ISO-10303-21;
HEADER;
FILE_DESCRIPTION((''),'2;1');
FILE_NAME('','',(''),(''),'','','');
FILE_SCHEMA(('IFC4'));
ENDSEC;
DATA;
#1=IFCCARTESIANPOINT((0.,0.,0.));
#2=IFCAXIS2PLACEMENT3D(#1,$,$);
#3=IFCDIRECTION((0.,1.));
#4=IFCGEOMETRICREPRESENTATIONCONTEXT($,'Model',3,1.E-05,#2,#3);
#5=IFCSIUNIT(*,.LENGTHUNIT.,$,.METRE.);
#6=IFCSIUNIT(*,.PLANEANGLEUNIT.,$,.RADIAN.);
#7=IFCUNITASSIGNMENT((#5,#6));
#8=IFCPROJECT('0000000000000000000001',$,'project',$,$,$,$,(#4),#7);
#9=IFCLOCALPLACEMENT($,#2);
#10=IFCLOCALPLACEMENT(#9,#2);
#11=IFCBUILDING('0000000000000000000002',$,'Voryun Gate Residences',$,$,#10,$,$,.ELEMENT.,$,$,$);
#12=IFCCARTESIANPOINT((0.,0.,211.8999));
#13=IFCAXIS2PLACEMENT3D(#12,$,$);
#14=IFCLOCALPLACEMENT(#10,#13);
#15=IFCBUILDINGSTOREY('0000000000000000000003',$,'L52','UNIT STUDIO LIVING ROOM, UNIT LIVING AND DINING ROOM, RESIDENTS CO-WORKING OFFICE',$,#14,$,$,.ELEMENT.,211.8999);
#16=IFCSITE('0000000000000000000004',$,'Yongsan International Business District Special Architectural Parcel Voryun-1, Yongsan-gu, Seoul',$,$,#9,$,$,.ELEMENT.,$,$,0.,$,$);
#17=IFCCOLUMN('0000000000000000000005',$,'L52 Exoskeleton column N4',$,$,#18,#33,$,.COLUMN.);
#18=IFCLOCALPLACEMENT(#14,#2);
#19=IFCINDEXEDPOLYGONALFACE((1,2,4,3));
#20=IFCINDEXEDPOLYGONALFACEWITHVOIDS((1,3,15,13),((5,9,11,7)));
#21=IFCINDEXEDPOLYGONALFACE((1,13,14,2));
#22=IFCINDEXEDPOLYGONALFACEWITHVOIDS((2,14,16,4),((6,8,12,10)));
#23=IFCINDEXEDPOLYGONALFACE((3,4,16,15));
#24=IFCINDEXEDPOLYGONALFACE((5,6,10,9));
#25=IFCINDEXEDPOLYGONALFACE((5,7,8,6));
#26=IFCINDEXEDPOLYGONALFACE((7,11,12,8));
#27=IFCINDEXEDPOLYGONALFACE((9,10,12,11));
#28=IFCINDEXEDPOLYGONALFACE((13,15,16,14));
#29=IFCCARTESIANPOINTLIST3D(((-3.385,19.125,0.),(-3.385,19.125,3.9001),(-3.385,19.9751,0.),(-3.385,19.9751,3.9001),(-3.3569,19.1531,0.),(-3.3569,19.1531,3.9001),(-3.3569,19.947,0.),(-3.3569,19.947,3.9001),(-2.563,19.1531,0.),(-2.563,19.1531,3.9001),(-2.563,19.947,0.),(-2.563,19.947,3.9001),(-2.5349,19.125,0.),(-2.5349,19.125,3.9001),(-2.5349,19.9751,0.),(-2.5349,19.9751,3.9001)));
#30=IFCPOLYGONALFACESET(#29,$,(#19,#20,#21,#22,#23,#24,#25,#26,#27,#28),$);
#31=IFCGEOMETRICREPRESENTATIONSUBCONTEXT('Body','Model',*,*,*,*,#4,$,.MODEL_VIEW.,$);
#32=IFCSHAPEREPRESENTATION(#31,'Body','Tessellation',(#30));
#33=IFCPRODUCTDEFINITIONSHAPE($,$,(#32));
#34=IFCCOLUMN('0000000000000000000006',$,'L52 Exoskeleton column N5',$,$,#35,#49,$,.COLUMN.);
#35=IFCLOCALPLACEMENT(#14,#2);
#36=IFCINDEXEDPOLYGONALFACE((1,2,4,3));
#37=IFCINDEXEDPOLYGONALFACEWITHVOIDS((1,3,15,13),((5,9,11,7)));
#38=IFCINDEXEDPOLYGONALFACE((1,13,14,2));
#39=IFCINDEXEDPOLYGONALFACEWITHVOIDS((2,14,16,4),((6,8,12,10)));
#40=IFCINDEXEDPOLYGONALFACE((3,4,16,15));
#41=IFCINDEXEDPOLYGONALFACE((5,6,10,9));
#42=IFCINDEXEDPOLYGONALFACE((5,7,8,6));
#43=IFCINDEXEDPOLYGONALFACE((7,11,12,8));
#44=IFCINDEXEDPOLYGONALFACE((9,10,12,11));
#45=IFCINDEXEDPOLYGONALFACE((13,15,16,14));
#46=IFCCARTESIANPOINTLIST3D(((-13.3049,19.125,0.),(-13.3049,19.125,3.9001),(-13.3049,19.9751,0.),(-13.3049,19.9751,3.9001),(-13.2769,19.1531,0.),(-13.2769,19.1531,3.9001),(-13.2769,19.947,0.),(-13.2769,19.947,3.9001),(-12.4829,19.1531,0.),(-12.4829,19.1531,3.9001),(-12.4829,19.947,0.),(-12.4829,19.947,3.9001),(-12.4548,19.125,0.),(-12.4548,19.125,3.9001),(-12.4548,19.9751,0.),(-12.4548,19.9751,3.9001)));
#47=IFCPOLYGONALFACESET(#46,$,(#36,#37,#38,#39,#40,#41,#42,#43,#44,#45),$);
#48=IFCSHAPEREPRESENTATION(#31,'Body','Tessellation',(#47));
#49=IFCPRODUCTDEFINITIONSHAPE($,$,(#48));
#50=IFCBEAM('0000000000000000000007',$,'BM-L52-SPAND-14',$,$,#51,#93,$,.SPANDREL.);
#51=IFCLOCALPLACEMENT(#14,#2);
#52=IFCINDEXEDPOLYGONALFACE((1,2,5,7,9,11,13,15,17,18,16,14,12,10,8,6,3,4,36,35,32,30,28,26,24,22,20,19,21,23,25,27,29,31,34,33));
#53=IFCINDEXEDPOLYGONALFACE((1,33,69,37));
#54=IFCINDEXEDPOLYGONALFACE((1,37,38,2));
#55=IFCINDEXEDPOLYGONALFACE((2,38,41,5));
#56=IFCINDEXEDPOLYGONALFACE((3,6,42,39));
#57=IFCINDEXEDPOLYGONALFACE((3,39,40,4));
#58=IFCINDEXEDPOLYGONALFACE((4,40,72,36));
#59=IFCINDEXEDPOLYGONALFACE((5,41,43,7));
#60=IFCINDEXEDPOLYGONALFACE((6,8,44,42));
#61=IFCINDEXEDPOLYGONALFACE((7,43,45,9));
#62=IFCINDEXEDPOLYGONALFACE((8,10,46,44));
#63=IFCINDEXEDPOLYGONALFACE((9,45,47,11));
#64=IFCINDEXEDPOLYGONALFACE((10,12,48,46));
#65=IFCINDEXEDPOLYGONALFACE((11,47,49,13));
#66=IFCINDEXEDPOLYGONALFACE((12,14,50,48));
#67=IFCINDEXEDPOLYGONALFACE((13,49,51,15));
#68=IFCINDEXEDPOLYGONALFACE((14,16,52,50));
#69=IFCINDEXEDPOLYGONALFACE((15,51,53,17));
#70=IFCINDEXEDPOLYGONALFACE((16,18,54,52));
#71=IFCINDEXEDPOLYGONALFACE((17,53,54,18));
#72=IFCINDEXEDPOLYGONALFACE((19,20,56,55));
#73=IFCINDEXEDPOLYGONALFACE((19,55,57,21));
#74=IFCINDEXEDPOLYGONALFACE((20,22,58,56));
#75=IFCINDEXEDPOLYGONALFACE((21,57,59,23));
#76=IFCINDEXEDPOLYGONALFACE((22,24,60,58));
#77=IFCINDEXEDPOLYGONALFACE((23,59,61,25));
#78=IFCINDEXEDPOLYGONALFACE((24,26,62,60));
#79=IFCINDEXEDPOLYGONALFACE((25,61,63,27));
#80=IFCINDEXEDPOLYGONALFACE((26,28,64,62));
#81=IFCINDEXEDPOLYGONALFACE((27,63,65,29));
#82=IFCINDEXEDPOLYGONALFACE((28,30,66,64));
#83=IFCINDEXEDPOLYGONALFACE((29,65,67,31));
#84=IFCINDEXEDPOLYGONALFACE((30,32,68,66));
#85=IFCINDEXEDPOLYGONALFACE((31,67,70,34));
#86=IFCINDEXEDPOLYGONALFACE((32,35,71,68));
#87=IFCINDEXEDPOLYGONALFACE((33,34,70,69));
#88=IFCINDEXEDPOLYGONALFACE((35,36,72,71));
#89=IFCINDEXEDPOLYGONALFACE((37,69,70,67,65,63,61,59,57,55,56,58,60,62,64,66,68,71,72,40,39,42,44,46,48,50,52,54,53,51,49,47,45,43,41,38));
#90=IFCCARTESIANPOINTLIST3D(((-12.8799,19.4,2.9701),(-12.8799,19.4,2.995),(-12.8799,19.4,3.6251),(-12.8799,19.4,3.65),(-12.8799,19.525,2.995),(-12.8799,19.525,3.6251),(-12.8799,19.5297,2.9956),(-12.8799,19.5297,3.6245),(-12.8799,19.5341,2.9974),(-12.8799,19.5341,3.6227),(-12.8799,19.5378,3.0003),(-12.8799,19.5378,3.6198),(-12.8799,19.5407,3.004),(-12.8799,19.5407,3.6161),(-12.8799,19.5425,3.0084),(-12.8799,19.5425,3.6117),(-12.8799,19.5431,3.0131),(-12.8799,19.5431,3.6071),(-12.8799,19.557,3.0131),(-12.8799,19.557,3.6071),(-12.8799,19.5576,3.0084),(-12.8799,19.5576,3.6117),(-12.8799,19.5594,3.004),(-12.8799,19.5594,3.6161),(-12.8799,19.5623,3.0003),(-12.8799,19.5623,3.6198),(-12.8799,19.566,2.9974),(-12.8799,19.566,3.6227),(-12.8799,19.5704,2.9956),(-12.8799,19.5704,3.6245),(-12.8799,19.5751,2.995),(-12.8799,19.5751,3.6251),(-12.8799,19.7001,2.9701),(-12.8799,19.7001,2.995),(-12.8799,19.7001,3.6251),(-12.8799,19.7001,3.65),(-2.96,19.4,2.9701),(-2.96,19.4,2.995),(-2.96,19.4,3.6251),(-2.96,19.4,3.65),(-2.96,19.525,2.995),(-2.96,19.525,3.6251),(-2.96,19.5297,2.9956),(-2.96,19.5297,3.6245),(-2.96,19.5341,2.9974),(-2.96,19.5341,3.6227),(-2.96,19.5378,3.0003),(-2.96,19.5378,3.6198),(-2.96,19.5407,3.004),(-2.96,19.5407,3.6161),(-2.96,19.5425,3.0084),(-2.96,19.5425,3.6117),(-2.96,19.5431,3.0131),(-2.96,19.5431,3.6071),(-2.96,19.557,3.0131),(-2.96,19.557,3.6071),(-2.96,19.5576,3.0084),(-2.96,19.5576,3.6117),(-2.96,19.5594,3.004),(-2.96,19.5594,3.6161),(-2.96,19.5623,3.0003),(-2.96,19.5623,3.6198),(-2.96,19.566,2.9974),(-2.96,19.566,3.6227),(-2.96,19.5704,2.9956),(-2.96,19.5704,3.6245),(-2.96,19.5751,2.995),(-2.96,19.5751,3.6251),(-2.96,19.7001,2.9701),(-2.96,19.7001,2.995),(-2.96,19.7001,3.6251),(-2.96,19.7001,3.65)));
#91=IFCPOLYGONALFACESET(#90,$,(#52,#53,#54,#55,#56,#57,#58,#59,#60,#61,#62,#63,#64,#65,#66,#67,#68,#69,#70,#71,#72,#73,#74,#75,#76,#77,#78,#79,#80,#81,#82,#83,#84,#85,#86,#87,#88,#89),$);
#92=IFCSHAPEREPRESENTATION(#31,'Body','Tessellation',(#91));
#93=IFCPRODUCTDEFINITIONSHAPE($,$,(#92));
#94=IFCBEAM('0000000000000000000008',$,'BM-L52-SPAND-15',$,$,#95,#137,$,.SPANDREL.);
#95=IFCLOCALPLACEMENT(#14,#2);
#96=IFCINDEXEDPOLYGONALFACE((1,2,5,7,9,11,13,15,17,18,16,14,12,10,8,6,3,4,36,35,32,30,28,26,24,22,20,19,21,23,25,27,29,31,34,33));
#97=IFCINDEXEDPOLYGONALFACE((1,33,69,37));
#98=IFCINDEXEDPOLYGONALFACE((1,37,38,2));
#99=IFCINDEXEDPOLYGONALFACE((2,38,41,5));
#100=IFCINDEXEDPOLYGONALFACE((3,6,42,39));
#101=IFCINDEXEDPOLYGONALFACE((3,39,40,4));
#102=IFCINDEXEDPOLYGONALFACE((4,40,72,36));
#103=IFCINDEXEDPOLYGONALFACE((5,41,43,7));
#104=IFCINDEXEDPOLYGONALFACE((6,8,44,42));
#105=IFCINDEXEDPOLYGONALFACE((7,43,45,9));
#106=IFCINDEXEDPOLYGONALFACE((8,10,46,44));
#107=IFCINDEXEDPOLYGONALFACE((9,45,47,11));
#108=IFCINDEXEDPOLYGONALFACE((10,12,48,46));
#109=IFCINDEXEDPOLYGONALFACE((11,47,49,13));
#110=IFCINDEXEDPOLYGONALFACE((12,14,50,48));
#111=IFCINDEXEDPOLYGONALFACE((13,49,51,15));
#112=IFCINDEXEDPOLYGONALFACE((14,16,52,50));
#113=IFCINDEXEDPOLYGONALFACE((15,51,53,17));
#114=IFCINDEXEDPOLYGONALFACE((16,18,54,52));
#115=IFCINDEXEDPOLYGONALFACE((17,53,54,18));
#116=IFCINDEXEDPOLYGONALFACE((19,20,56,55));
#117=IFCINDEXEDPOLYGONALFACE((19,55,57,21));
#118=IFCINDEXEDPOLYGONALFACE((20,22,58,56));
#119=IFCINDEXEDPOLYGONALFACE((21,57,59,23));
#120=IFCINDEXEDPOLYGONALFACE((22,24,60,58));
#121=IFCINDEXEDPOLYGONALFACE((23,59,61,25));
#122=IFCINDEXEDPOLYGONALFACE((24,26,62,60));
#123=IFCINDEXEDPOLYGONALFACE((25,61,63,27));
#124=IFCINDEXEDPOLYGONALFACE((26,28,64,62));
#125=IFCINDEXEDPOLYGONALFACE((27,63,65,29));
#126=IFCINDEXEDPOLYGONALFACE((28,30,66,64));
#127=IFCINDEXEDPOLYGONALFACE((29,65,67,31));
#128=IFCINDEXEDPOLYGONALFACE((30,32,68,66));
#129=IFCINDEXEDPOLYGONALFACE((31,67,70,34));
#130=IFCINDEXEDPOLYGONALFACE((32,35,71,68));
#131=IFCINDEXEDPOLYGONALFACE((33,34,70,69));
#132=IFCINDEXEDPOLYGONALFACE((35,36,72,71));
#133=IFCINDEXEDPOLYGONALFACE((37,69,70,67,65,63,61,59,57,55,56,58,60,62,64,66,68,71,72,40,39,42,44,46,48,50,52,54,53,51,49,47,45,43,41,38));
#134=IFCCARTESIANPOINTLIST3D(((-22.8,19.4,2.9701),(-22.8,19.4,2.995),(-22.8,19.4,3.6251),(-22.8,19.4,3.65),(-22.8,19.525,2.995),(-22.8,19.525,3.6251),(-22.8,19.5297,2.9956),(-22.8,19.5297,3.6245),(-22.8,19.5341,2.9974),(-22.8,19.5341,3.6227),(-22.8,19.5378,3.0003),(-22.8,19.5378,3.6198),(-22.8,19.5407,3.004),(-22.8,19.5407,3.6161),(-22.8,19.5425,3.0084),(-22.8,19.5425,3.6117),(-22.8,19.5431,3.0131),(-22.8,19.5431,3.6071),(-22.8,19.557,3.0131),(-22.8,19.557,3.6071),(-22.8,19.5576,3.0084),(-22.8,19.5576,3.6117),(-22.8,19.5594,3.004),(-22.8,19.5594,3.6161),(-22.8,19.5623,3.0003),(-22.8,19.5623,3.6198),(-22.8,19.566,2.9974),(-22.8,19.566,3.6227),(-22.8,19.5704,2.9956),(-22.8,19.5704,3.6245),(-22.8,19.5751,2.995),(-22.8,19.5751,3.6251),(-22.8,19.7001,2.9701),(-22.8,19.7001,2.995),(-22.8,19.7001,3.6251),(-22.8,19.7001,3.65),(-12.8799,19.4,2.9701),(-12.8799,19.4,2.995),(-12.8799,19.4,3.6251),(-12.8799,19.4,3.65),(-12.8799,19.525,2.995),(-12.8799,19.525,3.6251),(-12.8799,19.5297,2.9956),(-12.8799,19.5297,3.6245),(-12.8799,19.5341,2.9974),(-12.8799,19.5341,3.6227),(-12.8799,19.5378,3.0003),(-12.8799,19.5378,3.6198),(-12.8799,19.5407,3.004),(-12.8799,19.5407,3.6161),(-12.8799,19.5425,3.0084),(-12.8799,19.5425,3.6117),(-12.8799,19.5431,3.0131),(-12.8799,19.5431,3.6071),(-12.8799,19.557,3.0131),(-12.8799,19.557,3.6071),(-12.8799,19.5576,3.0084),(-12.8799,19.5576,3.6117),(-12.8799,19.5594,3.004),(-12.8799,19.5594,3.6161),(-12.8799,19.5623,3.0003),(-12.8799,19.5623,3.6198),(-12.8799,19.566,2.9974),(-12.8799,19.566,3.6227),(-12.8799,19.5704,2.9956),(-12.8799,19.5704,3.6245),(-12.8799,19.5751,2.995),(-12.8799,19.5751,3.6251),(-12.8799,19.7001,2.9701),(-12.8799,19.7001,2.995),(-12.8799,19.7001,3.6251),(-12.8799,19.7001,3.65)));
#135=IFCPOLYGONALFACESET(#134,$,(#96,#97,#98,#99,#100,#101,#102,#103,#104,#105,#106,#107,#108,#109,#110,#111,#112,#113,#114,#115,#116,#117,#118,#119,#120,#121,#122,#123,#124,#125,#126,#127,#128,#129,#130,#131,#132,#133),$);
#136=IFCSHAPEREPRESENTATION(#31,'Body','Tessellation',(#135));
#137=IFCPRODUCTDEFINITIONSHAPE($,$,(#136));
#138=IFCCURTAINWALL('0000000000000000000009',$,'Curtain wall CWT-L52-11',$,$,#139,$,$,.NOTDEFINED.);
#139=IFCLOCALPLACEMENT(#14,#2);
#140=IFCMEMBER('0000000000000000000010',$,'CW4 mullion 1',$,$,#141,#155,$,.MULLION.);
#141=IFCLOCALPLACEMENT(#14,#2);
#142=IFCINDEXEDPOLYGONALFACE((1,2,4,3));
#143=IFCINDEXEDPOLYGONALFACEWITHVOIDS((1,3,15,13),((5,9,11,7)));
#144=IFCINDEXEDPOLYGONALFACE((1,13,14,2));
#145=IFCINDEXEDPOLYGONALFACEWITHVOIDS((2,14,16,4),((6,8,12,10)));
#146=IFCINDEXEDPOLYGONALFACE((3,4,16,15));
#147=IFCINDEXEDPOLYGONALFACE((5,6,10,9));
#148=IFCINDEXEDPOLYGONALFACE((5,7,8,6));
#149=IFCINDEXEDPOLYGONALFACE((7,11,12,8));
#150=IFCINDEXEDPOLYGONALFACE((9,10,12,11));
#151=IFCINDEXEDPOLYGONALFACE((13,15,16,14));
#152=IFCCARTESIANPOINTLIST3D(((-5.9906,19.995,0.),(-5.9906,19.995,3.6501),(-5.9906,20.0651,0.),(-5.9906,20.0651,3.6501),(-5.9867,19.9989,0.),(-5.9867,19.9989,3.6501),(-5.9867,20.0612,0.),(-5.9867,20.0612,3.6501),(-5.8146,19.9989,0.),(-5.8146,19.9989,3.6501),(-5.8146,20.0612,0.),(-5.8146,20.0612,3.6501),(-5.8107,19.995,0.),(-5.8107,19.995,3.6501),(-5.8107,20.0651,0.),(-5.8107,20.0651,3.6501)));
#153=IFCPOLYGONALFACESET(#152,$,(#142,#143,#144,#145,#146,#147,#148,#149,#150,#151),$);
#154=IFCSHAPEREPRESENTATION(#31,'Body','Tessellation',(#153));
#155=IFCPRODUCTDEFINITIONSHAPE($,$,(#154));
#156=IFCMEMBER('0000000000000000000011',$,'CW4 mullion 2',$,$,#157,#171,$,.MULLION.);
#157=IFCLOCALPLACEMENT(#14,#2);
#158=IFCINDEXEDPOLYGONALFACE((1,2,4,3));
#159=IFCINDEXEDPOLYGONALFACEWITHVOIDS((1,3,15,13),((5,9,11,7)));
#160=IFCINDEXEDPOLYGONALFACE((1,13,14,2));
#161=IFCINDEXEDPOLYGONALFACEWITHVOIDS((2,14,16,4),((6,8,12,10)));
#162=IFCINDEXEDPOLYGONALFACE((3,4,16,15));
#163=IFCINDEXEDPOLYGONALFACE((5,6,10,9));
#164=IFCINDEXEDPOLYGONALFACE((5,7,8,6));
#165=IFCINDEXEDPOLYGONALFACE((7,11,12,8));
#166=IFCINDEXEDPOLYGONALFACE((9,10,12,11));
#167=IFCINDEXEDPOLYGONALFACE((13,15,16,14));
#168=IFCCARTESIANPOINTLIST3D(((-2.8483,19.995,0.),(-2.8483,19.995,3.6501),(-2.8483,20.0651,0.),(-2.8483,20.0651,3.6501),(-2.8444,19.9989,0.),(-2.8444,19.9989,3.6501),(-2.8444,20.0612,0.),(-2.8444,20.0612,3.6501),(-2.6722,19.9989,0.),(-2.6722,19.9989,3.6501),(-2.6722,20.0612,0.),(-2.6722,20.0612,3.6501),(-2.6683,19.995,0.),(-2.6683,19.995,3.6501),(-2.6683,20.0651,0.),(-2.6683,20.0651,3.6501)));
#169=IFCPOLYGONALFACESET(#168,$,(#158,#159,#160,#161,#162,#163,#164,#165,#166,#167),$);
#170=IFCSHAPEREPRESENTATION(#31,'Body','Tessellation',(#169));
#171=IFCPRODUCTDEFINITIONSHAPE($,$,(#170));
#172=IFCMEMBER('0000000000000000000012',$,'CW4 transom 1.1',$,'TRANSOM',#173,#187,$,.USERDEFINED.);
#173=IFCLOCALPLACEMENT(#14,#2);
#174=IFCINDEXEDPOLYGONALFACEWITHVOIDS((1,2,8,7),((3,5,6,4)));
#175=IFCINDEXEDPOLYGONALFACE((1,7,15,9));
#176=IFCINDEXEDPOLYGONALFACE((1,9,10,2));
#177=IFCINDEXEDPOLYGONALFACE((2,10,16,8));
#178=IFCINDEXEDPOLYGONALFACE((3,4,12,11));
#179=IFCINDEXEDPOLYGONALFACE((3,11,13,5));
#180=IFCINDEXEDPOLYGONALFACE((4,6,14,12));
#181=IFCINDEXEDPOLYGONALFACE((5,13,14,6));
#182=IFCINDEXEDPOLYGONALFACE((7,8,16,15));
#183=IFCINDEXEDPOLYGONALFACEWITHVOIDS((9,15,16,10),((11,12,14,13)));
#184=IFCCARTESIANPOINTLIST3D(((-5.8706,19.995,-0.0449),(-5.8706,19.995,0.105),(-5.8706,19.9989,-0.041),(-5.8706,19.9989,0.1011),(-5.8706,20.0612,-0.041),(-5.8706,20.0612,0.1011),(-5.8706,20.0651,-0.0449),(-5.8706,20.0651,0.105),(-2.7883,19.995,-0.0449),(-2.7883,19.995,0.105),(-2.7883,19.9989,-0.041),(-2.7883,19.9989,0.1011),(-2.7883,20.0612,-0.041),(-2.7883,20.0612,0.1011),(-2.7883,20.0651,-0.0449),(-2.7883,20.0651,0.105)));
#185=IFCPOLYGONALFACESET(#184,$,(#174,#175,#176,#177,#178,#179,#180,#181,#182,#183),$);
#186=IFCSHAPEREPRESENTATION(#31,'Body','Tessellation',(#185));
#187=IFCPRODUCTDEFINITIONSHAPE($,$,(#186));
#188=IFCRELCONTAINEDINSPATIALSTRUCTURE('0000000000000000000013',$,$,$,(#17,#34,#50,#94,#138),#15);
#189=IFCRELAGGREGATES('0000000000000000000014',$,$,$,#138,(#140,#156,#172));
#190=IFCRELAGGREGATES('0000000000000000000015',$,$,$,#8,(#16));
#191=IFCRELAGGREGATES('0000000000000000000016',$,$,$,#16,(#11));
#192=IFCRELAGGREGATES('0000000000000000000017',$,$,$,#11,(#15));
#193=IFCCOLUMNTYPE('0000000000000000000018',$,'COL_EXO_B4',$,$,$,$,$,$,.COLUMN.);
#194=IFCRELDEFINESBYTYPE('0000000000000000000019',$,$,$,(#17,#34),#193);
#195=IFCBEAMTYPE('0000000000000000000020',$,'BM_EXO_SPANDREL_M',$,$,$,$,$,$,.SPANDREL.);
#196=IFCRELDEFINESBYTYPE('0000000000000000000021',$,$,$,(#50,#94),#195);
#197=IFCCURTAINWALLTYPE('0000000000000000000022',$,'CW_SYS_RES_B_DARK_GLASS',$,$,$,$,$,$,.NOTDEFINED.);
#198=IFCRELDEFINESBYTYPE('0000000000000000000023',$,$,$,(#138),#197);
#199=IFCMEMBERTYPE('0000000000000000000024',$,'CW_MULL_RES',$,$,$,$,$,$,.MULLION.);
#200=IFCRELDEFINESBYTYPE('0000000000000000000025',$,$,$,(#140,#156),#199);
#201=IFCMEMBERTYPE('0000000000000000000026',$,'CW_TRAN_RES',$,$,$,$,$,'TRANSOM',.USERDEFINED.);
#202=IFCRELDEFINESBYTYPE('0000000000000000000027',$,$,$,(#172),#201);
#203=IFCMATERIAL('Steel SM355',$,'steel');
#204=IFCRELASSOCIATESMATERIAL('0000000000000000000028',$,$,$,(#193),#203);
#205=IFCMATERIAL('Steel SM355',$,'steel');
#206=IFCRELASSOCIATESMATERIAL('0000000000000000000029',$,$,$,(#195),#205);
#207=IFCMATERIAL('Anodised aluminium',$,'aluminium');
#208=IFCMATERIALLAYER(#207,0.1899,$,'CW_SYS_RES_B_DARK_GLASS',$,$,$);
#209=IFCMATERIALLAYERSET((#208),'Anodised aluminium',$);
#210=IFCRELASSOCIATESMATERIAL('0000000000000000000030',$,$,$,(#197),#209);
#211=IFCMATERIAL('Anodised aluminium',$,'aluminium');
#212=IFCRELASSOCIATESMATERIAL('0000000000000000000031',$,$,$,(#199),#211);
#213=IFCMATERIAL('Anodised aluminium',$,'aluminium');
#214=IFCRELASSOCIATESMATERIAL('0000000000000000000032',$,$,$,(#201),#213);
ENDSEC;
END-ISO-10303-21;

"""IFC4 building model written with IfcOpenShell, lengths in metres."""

from ifc_helpers import new_model, si_unit, direction, frame, origin, origin_2d, place, context, subcontext, project, spatial, hollow_rectangle, i_section, extrude, material, layer, layer_set, material_profile, profile_set, type_object, element, aggregate, save


model = new_model("IFC4")

# Units and contexts
model_context = context("Model", 3, precision=1e-05, world=origin(), true_north=direction((0.0, 1.0)))
body_context = subcontext(model_context, "Body", "Model", "MODEL_VIEW")
ifc_project = project(units=[si_unit("LENGTHUNIT", "METRE"), si_unit("PLANEANGLEUNIT", "RADIAN")], contexts=[model_context])

# Site, building, storey
site_placement = place(None, origin())
site = spatial("IfcSite", under=ifc_project, at=site_placement, Name="Yongsan International Business District Special Architectural Parcel Voryun-1, Yongsan-gu, Seoul", CompositionType="ELEMENT", RefElevation=0.0)
building_placement = place(site_placement, origin())
building = spatial("IfcBuilding", under=site, at=building_placement, Name="Voryun Gate Residences", CompositionType="ELEMENT")
storey_placement = place(building_placement, frame((0.0, 0.0, 211.8999)))
storey = spatial("IfcBuildingStorey", under=building, at=storey_placement, Name="L52", Description="UNIT STUDIO LIVING ROOM, UNIT LIVING AND DINING ROOM, RESIDENTS CO-WORKING OFFICE", CompositionType="ELEMENT", Elevation=211.8999)

# Columns
ifc_material_1 = material(Name="Steel SM355", Category="steel")
ifc_material_profile_1 = material_profile(ifc_material_1, hollow_rectangle(XDim=0.8501, YDim=0.8501, WallThickness=0.0281, at=origin_2d()), Name="BOX-850x850x28")
ifc_profile_set_1 = profile_set([ifc_material_profile_1], Name="Steel SM355")
column_type = type_object("IfcColumnType", Name="COL_EXO_B4", PredefinedType="COLUMN", material=ifc_profile_set_1)
for number, where, z_axis, x_axis, name in (
    (1, (-2.96, 19.55, 0.0), (0.0, 0.0, 1.0), (1.0, 0.0, 0.0), "L52 Exoskeleton column N4"),
    (2, (-12.8799, 19.55, 0.0), (0.0, 0.0, 1.0), (1.0, 0.0, 0.0), "L52 Exoskeleton column N5"),
):
    element("IfcColumn", number, at=place(storey_placement, frame(where, z_axis=z_axis, x_axis=x_axis)), inside=storey, type_object=column_type, Name=name, PredefinedType="COLUMN", context=body_context, shape_type="SweptSolid", body=[
        extrude(hollow_rectangle(XDim=0.8501, YDim=0.8501, WallThickness=0.0281, at=origin_2d()), origin(), (0.0, 0.0, 1.0), 3.9001),
    ])

# Beams
ifc_material_2 = material(Name="Steel SM355", Category="steel")
ifc_material_profile_2 = material_profile(ifc_material_2, i_section(OverallWidth=0.3, OverallDepth=0.6799, WebThickness=0.0139, FlangeThickness=0.0249, FilletRadius=0.0181, at=origin_2d()), Name="H-680x300x14x25")
ifc_profile_set_2 = profile_set([ifc_material_profile_2], Name="Steel SM355")
beam_type = type_object("IfcBeamType", Name="BM_EXO_SPANDREL_M", PredefinedType="SPANDREL", material=ifc_profile_set_2)
beam_1_placement = place(storey_placement, frame((-2.96, 19.55, 3.3101), z_axis=(-1.0, 0.0, 0.0), x_axis=(0.0, -1.0, 0.0)))
element("IfcBeam", 3, at=beam_1_placement, inside=storey, type_object=beam_type, Name="BM-L52-SPAND-14", PredefinedType="SPANDREL", context=body_context, shape_type="SweptSolid", body=[
    extrude(i_section(OverallWidth=0.3, OverallDepth=0.6799, WebThickness=0.0139, FlangeThickness=0.0249, FilletRadius=0.0181, at=origin_2d()), origin(), (0.0, 0.0, 1.0), 9.9199),
])
beam_2_placement = place(storey_placement, frame((-12.8799, 19.55, 3.3101), z_axis=(-1.0, 0.0, 0.0), x_axis=(0.0, -1.0, 0.0)))
element("IfcBeam", 4, at=beam_2_placement, inside=storey, type_object=beam_type, Name="BM-L52-SPAND-15", PredefinedType="SPANDREL", context=body_context, shape_type="SweptSolid", body=[
    extrude(i_section(OverallWidth=0.3, OverallDepth=0.6799, WebThickness=0.0139, FlangeThickness=0.0249, FilletRadius=0.0181, at=origin_2d()), origin(), (0.0, 0.0, 1.0), 9.9202),
])

# Curtain wall, members
ifc_material_3 = material(Name="Anodised aluminium", Category="aluminium")
ifc_layer_1 = layer(ifc_material_3, 0.1899, Name="CW_SYS_RES_B_DARK_GLASS")
ifc_layer_set_1 = layer_set([ifc_layer_1], Name="Anodised aluminium")
curtain_wall_type = type_object("IfcCurtainWallType", Name="CW_SYS_RES_B_DARK_GLASS", PredefinedType="NOTDEFINED", material=ifc_layer_set_1)
curtain_wall_placement = place(storey_placement, origin())
curtain_wall = element("IfcCurtainWall", 5, at=curtain_wall_placement, inside=storey, type_object=curtain_wall_type, Name="Curtain wall CWT-L52-11", PredefinedType="NOTDEFINED")
ifc_material_4 = material(Name="Anodised aluminium", Category="aluminium")
ifc_material_profile_3 = material_profile(ifc_material_4, hollow_rectangle(XDim=0.0701, YDim=0.1799, WallThickness=0.0039, at=origin_2d()), Name="ALU-MULL-180x70x4")
ifc_profile_set_3 = profile_set([ifc_material_profile_3], Name="Anodised aluminium")
member_type_1 = type_object("IfcMemberType", Name="CW_MULL_RES", PredefinedType="MULLION", material=ifc_profile_set_3)
member_1_placement = place(storey_placement, frame((-5.9006, 20.03, 0.0), z_axis=(0.0, 0.0, 1.0), x_axis=(0.0, 1.0, 0.0)))
member_1 = element("IfcMember", 6, at=member_1_placement, type_object=member_type_1, Name="CW4 mullion 1", PredefinedType="MULLION", context=body_context, shape_type="SweptSolid", body=[
    extrude(hollow_rectangle(XDim=0.0701, YDim=0.1799, WallThickness=0.0039, at=origin_2d()), origin(), (0.0, 0.0, 1.0), 3.6501),
])
member_2_placement = place(storey_placement, frame((-2.7583, 20.03, 0.0), z_axis=(0.0, 0.0, 1.0), x_axis=(0.0, 1.0, 0.0)))
member_2 = element("IfcMember", 7, at=member_2_placement, type_object=member_type_1, Name="CW4 mullion 2", PredefinedType="MULLION", context=body_context, shape_type="SweptSolid", body=[
    extrude(hollow_rectangle(XDim=0.0701, YDim=0.1799, WallThickness=0.0039, at=origin_2d()), origin(), (0.0, 0.0, 1.0), 3.6501),
])
ifc_material_5 = material(Name="Anodised aluminium", Category="aluminium")
ifc_material_profile_4 = material_profile(ifc_material_5, hollow_rectangle(XDim=0.0701, YDim=0.1499, WallThickness=0.0039, at=origin_2d()), Name="ALU-TRAN-150x70x4")
ifc_profile_set_4 = profile_set([ifc_material_profile_4], Name="Anodised aluminium")
member_type_2 = type_object("IfcMemberType", Name="CW_TRAN_RES", ElementType="TRANSOM", PredefinedType="USERDEFINED", material=ifc_profile_set_4)
member_3_placement = place(storey_placement, frame((-5.8706, 20.03, 0.03), z_axis=(1.0, 0.0, 0.0), x_axis=(0.0, 1.0, 0.0)))
member_3 = element("IfcMember", 8, at=member_3_placement, type_object=member_type_2, Name="CW4 transom 1.1", ObjectType="TRANSOM", PredefinedType="USERDEFINED", context=body_context, shape_type="SweptSolid", body=[
    extrude(hollow_rectangle(XDim=0.0701, YDim=0.1499, WallThickness=0.0039, at=origin_2d()), origin(), (0.0, 0.0, 1.0), 3.0823),
])
aggregate(curtain_wall, [member_1, member_2, member_3])

save(model, "model.ifc")
